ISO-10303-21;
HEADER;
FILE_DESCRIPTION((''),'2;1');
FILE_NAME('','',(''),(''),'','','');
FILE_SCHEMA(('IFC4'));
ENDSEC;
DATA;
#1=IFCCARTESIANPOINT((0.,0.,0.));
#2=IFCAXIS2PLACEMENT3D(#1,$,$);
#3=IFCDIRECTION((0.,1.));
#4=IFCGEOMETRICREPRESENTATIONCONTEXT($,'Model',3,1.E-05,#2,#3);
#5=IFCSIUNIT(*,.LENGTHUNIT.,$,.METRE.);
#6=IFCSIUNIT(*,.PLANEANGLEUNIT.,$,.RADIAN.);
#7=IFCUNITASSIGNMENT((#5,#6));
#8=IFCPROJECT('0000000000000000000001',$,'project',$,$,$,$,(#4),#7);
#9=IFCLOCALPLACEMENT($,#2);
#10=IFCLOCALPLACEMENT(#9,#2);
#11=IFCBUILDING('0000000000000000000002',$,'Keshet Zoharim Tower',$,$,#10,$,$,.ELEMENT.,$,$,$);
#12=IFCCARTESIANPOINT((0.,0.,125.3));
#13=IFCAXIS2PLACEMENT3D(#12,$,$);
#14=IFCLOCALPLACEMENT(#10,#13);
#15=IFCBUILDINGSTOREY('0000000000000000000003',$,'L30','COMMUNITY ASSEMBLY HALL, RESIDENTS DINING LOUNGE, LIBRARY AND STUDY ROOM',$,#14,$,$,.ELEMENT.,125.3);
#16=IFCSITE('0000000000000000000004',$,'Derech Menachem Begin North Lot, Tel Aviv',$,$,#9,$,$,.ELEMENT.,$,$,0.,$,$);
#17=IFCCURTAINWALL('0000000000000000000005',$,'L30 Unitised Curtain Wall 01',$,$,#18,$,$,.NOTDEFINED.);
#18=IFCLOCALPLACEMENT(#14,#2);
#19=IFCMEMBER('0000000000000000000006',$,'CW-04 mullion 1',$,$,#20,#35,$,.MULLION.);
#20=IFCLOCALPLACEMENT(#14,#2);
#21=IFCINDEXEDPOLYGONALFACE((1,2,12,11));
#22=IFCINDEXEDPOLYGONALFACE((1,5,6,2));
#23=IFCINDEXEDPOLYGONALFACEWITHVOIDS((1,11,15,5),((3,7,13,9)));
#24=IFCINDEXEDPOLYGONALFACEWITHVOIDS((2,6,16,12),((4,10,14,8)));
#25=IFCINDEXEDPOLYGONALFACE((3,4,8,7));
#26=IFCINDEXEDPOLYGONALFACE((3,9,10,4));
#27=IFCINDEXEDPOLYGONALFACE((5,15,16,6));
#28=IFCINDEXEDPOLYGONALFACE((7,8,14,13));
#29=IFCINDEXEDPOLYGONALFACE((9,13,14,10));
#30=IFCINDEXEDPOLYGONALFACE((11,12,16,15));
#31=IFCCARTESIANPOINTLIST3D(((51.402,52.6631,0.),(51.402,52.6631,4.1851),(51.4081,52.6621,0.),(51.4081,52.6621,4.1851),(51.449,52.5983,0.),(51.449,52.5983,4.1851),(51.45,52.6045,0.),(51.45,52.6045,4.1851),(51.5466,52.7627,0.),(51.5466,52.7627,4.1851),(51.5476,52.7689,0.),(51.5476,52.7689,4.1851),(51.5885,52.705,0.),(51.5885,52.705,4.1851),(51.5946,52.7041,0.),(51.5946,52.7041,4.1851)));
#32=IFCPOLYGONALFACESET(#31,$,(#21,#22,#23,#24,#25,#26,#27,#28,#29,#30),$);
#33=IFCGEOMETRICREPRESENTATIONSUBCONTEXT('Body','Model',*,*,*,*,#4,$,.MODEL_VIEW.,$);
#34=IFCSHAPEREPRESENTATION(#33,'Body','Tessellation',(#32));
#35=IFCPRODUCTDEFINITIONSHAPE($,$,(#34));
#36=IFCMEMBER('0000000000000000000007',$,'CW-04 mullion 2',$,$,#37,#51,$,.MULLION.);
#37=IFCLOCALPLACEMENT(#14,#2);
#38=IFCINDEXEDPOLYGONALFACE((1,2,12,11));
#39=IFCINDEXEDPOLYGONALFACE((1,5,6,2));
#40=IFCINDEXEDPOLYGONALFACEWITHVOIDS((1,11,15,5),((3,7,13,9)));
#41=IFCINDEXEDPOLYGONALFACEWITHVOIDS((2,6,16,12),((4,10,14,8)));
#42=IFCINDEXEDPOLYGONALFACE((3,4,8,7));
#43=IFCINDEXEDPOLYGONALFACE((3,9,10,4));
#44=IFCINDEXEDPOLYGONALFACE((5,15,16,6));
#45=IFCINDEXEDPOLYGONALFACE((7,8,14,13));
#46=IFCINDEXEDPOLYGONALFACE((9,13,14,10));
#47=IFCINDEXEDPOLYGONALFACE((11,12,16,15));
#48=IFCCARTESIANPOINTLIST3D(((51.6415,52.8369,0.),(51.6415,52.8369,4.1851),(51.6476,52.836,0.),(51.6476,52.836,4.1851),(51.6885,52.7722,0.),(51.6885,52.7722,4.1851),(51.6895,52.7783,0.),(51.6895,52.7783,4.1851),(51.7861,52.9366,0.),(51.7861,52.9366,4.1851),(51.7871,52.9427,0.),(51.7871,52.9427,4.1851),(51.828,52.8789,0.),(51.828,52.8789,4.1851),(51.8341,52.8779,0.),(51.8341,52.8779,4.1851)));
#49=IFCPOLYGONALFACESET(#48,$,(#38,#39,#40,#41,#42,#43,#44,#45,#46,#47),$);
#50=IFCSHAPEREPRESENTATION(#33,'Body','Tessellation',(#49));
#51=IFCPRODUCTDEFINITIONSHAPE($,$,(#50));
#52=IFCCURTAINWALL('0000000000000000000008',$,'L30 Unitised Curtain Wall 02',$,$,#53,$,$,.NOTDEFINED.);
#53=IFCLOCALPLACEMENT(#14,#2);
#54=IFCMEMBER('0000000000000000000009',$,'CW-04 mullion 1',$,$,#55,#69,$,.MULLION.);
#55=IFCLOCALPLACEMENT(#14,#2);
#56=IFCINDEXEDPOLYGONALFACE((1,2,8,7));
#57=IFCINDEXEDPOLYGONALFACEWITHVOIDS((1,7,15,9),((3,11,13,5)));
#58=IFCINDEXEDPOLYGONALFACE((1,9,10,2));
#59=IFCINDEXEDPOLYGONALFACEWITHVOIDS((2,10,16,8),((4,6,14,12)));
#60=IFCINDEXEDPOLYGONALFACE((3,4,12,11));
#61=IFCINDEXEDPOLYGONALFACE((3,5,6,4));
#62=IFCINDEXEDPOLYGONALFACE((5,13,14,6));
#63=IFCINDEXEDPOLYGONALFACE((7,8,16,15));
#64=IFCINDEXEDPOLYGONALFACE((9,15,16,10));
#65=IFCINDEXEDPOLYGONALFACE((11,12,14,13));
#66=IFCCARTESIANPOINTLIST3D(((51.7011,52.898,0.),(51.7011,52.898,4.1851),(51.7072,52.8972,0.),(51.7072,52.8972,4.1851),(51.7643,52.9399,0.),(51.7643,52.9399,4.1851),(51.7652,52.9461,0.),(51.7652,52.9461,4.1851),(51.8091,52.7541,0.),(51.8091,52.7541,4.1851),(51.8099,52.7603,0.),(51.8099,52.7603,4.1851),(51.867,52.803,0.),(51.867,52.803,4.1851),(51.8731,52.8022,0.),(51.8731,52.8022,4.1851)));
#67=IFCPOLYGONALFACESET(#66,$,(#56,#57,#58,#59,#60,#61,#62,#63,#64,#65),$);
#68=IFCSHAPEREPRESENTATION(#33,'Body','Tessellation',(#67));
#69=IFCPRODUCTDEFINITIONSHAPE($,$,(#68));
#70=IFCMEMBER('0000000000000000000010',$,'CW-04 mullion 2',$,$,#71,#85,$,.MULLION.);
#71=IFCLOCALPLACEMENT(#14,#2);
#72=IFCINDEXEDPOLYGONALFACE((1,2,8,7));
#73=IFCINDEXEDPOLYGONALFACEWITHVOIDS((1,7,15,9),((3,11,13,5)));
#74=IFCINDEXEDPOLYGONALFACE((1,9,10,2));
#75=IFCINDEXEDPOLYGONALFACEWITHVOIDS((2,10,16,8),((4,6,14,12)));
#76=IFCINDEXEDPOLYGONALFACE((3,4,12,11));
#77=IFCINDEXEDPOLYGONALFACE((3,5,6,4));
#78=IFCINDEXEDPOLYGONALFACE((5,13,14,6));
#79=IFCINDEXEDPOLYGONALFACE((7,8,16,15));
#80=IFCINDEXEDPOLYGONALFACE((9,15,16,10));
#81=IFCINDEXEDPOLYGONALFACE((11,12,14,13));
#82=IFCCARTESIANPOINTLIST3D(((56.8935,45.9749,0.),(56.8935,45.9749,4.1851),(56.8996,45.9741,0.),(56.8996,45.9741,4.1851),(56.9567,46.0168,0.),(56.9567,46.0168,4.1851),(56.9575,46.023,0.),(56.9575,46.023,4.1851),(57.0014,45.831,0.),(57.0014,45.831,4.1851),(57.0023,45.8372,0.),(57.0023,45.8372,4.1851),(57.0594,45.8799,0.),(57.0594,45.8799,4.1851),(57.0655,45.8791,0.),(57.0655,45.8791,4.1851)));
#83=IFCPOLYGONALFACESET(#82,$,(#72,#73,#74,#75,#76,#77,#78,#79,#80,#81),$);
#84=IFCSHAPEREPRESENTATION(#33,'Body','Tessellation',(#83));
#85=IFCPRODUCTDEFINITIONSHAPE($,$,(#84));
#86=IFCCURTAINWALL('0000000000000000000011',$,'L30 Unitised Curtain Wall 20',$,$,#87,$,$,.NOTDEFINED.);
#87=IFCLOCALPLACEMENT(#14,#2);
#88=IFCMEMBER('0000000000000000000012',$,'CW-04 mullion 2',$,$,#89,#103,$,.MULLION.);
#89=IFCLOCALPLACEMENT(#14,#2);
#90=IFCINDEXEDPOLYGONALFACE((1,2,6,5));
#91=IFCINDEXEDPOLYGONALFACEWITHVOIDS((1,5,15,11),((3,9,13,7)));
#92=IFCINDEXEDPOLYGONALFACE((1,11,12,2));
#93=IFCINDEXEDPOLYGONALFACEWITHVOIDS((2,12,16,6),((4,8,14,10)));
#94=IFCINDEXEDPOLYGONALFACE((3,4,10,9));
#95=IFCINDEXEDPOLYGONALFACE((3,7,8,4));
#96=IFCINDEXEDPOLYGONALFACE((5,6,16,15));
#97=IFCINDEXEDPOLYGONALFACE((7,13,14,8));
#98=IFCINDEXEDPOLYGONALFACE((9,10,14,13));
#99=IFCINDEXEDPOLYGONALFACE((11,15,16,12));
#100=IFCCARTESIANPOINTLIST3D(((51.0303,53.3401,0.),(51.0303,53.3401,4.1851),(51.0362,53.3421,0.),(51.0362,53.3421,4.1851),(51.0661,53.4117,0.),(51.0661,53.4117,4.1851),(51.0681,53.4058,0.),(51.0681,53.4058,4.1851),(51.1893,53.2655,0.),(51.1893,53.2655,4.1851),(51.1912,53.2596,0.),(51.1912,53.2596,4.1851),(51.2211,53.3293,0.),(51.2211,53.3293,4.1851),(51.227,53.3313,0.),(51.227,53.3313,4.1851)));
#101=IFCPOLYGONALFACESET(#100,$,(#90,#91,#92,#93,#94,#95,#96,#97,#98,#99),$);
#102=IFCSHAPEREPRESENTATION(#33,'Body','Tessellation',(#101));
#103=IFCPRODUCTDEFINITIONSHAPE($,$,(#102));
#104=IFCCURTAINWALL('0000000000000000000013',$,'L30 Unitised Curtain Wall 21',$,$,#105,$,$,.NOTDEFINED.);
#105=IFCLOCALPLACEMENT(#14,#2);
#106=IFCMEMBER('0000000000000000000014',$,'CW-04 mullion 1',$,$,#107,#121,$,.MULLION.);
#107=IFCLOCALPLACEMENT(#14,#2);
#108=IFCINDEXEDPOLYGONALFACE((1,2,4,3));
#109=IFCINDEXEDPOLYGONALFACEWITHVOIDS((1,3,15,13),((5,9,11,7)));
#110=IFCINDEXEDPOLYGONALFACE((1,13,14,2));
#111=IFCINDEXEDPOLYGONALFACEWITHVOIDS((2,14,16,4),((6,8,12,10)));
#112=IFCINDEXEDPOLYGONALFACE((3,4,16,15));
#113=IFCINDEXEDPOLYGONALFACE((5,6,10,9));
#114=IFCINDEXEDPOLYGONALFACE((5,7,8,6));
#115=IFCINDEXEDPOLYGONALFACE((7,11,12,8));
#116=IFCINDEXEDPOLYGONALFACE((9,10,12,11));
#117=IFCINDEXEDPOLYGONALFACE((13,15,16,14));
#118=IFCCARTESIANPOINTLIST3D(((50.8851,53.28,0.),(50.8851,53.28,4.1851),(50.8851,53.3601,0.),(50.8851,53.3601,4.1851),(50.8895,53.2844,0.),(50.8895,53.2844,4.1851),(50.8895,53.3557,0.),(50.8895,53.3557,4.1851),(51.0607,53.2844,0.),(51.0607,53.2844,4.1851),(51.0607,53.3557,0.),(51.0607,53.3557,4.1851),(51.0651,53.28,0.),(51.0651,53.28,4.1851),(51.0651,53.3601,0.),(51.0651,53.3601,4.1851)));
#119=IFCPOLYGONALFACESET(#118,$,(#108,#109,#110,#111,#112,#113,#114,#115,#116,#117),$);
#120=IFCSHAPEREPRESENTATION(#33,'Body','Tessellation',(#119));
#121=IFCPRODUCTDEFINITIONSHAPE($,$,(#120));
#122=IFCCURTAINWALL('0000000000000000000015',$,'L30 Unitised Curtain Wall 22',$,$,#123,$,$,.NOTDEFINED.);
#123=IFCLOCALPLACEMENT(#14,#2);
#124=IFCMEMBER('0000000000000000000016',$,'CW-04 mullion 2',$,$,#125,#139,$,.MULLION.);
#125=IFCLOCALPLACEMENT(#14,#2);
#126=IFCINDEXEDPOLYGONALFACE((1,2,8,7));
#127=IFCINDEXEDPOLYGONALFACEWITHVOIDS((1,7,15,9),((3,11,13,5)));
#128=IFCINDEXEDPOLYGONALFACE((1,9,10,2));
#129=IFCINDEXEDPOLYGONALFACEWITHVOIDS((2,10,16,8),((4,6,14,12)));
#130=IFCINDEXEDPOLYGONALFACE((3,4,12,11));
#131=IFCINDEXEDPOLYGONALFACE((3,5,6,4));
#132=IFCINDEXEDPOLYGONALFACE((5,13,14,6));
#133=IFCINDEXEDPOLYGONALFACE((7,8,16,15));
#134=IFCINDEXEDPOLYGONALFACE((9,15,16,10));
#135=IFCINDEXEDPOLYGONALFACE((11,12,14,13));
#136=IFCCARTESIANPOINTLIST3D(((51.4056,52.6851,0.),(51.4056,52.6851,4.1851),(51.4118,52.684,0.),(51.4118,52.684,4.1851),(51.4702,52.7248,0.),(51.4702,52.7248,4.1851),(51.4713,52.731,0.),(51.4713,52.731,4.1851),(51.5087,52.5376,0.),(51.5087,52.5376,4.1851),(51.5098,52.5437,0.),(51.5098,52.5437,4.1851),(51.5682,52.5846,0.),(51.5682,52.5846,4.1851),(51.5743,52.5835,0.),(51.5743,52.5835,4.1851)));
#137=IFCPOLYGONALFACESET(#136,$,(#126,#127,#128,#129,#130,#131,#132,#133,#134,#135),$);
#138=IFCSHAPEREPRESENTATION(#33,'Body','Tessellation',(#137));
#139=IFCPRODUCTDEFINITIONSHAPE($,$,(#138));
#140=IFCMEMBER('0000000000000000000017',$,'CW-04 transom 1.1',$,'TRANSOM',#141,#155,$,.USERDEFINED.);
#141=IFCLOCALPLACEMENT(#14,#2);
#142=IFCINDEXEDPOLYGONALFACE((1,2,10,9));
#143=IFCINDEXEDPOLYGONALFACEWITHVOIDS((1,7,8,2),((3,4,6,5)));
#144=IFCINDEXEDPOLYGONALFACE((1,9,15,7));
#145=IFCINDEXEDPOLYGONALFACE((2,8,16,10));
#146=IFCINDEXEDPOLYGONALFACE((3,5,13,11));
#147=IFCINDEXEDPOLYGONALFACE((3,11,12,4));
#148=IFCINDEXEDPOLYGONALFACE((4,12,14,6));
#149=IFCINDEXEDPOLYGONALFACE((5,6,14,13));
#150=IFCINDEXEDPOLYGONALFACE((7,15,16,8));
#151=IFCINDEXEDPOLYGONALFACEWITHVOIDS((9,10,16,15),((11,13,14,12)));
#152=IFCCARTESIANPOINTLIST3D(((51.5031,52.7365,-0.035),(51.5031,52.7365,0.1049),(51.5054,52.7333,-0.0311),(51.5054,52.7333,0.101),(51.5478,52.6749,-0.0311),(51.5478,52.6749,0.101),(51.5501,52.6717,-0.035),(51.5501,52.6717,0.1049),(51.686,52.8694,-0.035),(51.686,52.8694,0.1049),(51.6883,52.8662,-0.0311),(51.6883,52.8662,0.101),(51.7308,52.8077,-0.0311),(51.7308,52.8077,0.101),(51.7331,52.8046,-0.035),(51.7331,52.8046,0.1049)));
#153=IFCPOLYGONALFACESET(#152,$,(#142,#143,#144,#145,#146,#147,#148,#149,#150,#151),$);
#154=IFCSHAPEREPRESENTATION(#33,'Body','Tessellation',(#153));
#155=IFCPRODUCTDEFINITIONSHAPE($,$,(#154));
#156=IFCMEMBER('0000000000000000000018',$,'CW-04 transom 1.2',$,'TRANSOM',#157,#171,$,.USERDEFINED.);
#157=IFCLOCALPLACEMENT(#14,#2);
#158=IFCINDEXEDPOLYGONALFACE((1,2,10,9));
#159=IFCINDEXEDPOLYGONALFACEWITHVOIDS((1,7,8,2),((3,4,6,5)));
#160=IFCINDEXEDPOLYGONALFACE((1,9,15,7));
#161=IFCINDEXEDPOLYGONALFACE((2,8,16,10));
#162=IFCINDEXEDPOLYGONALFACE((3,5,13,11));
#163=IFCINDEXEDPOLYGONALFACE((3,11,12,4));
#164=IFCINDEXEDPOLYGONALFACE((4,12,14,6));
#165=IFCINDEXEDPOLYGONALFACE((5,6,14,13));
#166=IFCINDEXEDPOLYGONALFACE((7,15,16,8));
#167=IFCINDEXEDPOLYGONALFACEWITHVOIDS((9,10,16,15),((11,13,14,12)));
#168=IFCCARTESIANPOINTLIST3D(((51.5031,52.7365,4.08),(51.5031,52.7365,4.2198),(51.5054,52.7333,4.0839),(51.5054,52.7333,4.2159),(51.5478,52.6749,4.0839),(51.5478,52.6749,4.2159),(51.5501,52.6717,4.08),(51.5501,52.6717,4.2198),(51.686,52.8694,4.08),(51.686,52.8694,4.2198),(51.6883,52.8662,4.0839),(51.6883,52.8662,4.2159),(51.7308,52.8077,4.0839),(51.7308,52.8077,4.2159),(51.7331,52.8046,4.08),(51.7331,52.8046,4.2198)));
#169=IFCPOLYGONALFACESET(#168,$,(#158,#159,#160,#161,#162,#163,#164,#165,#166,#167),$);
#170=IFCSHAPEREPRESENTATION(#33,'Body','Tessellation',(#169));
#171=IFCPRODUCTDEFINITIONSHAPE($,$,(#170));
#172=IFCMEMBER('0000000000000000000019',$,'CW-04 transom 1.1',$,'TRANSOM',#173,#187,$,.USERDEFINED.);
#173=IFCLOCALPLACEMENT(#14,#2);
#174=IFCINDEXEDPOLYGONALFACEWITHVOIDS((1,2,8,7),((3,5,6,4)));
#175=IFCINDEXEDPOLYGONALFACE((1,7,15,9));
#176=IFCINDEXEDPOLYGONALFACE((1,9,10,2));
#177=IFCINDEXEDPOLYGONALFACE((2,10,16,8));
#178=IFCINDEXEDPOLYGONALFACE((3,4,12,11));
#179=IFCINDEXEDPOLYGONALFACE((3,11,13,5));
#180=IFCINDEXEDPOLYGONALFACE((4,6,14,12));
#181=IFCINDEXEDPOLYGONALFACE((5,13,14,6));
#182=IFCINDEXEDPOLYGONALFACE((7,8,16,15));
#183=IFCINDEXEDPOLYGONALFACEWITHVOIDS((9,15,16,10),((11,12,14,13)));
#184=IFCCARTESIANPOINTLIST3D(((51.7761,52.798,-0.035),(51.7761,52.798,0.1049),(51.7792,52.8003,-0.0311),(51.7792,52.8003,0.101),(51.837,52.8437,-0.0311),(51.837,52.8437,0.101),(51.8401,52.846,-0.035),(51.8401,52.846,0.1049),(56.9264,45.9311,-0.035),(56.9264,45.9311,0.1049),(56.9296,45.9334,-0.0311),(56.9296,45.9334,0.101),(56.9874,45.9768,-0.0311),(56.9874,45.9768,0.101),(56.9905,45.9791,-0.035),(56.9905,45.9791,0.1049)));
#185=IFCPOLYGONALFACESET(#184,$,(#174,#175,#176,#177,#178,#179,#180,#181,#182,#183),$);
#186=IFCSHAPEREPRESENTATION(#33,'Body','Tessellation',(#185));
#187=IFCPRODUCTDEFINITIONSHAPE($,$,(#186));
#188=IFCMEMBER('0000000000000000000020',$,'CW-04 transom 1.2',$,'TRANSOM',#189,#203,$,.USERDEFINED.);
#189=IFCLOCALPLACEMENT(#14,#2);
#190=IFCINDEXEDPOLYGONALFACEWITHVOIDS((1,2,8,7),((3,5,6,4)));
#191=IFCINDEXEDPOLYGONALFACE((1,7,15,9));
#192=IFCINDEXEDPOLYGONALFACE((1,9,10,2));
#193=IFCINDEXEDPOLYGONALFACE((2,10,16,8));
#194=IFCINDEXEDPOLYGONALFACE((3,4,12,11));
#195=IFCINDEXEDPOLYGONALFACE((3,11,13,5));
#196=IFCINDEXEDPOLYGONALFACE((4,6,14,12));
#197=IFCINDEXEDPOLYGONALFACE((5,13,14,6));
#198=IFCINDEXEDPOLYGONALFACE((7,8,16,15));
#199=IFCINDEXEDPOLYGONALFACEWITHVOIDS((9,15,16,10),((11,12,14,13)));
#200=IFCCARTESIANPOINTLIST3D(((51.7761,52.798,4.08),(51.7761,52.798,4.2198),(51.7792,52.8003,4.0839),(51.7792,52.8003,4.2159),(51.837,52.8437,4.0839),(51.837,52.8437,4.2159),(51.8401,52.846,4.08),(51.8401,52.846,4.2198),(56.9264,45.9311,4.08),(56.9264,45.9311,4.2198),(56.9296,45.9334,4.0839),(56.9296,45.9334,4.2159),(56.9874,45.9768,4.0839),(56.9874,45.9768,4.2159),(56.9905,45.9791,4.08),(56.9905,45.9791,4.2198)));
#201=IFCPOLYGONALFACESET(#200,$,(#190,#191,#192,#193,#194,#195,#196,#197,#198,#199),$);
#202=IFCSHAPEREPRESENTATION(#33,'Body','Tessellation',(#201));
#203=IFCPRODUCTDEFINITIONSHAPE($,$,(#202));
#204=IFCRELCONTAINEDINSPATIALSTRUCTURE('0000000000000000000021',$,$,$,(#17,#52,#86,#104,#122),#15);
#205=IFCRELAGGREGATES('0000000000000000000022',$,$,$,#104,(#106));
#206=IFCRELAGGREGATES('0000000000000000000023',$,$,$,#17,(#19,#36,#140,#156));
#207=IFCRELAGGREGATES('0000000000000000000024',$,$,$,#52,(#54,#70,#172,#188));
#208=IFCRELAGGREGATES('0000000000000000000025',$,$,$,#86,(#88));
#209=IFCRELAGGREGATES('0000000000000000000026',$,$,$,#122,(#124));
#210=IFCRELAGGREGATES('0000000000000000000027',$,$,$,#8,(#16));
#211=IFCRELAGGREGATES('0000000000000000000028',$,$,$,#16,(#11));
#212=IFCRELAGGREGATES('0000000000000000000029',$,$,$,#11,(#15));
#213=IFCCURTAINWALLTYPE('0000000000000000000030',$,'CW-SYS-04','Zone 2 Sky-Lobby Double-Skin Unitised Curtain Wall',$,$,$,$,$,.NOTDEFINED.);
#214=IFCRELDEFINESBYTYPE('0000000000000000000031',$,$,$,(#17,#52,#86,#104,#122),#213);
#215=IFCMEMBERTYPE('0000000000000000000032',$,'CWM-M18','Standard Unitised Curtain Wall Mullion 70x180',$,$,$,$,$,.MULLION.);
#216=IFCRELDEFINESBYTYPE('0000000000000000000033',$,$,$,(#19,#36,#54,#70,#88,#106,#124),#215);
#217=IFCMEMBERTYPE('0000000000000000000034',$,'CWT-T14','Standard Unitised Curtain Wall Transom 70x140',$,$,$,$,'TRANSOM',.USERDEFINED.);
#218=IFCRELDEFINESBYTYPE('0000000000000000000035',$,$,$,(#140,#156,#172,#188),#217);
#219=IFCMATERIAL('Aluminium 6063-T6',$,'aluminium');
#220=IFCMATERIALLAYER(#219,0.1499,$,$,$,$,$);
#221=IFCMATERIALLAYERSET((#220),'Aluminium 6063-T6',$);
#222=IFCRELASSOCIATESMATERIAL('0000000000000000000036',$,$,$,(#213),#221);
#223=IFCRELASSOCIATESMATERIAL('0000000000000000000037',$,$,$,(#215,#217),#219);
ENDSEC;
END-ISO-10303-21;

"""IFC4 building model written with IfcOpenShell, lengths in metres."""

from ifc_helpers import new_model, si_unit, direction, frame, origin, origin_2d, place, context, subcontext, project, spatial, hollow_rectangle, extrude, material, layer, layer_set, material_profile, profile_set, type_object, element, aggregate, save


model = new_model("IFC4")

# Units and contexts
model_context = context("Model", 3, precision=1e-05, world=origin(), true_north=direction((0.0, 1.0)))
body_context = subcontext(model_context, "Body", "Model", "MODEL_VIEW")
ifc_project = project(units=[si_unit("LENGTHUNIT", "METRE"), si_unit("PLANEANGLEUNIT", "RADIAN")], contexts=[model_context])

# Site, building, storey
site_placement = place(None, origin())
site = spatial("IfcSite", under=ifc_project, at=site_placement, Name="Derech Menachem Begin North Lot, Tel Aviv", CompositionType="ELEMENT", RefElevation=0.0)
building_placement = place(site_placement, origin())
building = spatial("IfcBuilding", under=site, at=building_placement, Name="Keshet Zoharim Tower", CompositionType="ELEMENT")
storey_placement = place(building_placement, frame((0.0, 0.0, 125.3)))
storey = spatial("IfcBuildingStorey", under=building, at=storey_placement, Name="L30", Description="COMMUNITY ASSEMBLY HALL, RESIDENTS DINING LOUNGE, LIBRARY AND STUDY ROOM", CompositionType="ELEMENT", Elevation=125.3)

# Curtain walls, members
ifc_material_1 = material(Name="Aluminium 6063-T6", Category="aluminium")
ifc_layer_1 = layer(ifc_material_1, 0.1499)
ifc_layer_set_1 = layer_set([ifc_layer_1], Name="Aluminium 6063-T6")
curtain_wall_type = type_object("IfcCurtainWallType", Name="CW-SYS-04", Description="Zone 2 Sky-Lobby Double-Skin Unitised Curtain Wall", PredefinedType="NOTDEFINED", material=ifc_layer_set_1)
curtain_wall_1_placement = place(storey_placement, origin())
curtain_wall_1 = element("IfcCurtainWall", 1, at=curtain_wall_1_placement, inside=storey, type_object=curtain_wall_type, Name="L30 Unitised Curtain Wall 01", PredefinedType="NOTDEFINED")
ifc_material_profile_1 = material_profile(ifc_material_1, hollow_rectangle(XDim=0.0801, YDim=0.1799, WallThickness=0.0044, at=origin_2d()), Name="MUL-80x180")
ifc_profile_set_1 = profile_set([ifc_material_profile_1], Name="Aluminium 6063-T6")
member_type_1 = type_object("IfcMemberType", Name="CWM-M18", Description="Standard Unitised Curtain Wall Mullion 70x180", PredefinedType="MULLION", material=ifc_profile_set_1)
member_1_placement = place(storey_placement, frame((51.4983, 52.6836, 0.0), z_axis=(0.0, 0.0, 1.0), x_axis=(-0.587684, 0.809091, 0.0)))
member_1 = element("IfcMember", 2, at=member_1_placement, type_object=member_type_1, Name="CW-04 mullion 1", PredefinedType="MULLION", context=body_context, shape_type="SweptSolid", body=[
    extrude(hollow_rectangle(XDim=0.0801, YDim=0.1799, WallThickness=0.0044, at=origin_2d()), origin(), (0.0, 0.0, 1.0), 4.1851),
])
member_2_placement = place(storey_placement, frame((51.7378, 52.8574, 0.0), z_axis=(0.0, 0.0, 1.0), x_axis=(-0.587684, 0.809091, 0.0)))
member_2 = element("IfcMember", 3, at=member_2_placement, type_object=member_type_1, Name="CW-04 mullion 2", PredefinedType="MULLION", context=body_context, shape_type="SweptSolid", body=[
    extrude(hollow_rectangle(XDim=0.0801, YDim=0.1799, WallThickness=0.0044, at=origin_2d()), origin(), (0.0, 0.0, 1.0), 4.1851),
])
curtain_wall_2_placement = place(storey_placement, origin())
curtain_wall_2 = element("IfcCurtainWall", 4, at=curtain_wall_2_placement, inside=storey, type_object=curtain_wall_type, Name="L30 Unitised Curtain Wall 02", PredefinedType="NOTDEFINED")
member_3_placement = place(storey_placement, frame((51.7871, 52.8501, 0.0), z_axis=(0.0, 0.0, 1.0), x_axis=(0.799986, 0.600018, 0.0)))
member_3 = element("IfcMember", 5, at=member_3_placement, type_object=member_type_1, Name="CW-04 mullion 1", PredefinedType="MULLION", context=body_context, shape_type="SweptSolid", body=[
    extrude(hollow_rectangle(XDim=0.0801, YDim=0.1799, WallThickness=0.0044, at=origin_2d()), origin(), (0.0, 0.0, 1.0), 4.1851),
])
member_4_placement = place(storey_placement, frame((56.9795, 45.927, 0.0), z_axis=(0.0, 0.0, 1.0), x_axis=(0.799986, 0.600018, 0.0)))
member_4 = element("IfcMember", 6, at=member_4_placement, type_object=member_type_1, Name="CW-04 mullion 2", PredefinedType="MULLION", context=body_context, shape_type="SweptSolid", body=[
    extrude(hollow_rectangle(XDim=0.0801, YDim=0.1799, WallThickness=0.0044, at=origin_2d()), origin(), (0.0, 0.0, 1.0), 4.1851),
])

# Curtain walls, members
curtain_wall_3_placement = place(storey_placement, origin())
curtain_wall_3 = element("IfcCurtainWall", 7, at=curtain_wall_3_placement, inside=storey, type_object=curtain_wall_type, Name="L30 Unitised Curtain Wall 20", PredefinedType="NOTDEFINED")
member_5_placement = place(storey_placement, frame((51.1287, 53.3357, 0.0), z_axis=(0.0, 0.0, 1.0), x_axis=(0.447214, 0.894427, 0.0)))
member_5 = element("IfcMember", 8, at=member_5_placement, type_object=member_type_1, Name="CW-04 mullion 2", PredefinedType="MULLION", context=body_context, shape_type="SweptSolid", body=[
    extrude(hollow_rectangle(XDim=0.0801, YDim=0.1799, WallThickness=0.0044, at=origin_2d()), origin(), (0.0, 0.0, 1.0), 4.1851),
])
curtain_wall_4_placement = place(storey_placement, origin())
curtain_wall_4 = element("IfcCurtainWall", 9, at=curtain_wall_4_placement, inside=storey, type_object=curtain_wall_type, Name="L30 Unitised Curtain Wall 21", PredefinedType="NOTDEFINED")
member_6_placement = place(storey_placement, frame((50.9751, 53.3201, 0.0), z_axis=(0.0, 0.0, 1.0), x_axis=(0.0, -1.0, 0.0)))
member_6 = element("IfcMember", 10, at=member_6_placement, type_object=member_type_1, Name="CW-04 mullion 1", PredefinedType="MULLION", context=body_context, shape_type="SweptSolid", body=[
    extrude(hollow_rectangle(XDim=0.0801, YDim=0.1799, WallThickness=0.0044, at=origin_2d()), origin(), (0.0, 0.0, 1.0), 4.1851),
])
curtain_wall_5_placement = place(storey_placement, origin())
curtain_wall_5 = element("IfcCurtainWall", 11, at=curtain_wall_5_placement, inside=storey, type_object=curtain_wall_type, Name="L30 Unitised Curtain Wall 22", PredefinedType="NOTDEFINED")
member_7_placement = place(storey_placement, frame((51.49, 52.6343, 0.0), z_axis=(0.0, 0.0, 1.0), x_axis=(-0.81968, -0.572822, 0.0)))
member_7 = element("IfcMember", 12, at=member_7_placement, type_object=member_type_1, Name="CW-04 mullion 2", PredefinedType="MULLION", context=body_context, shape_type="SweptSolid", body=[
    extrude(hollow_rectangle(XDim=0.0801, YDim=0.1799, WallThickness=0.0044, at=origin_2d()), origin(), (0.0, 0.0, 1.0), 4.1851),
])

# Members
ifc_material_profile_2 = material_profile(ifc_material_1, hollow_rectangle(XDim=0.0801, YDim=0.1399, WallThickness=0.0039, at=origin_2d()), Name="TRN-80x140")
ifc_profile_set_2 = profile_set([ifc_material_profile_2], Name="Aluminium 6063-T6")
member_type_2 = type_object("IfcMemberType", Name="CWT-T14", Description="Standard Unitised Curtain Wall Transom 70x140", ElementType="TRANSOM", PredefinedType="USERDEFINED", material=ifc_profile_set_2)
member_8_placement = place(storey_placement, frame((51.5266, 52.7041, 0.0349), z_axis=(0.80911, 0.587658, 0.0), x_axis=(-0.587658, 0.80911, 0.0)))
member_8 = element("IfcMember", 13, at=member_8_placement, type_object=member_type_2, Name="CW-04 transom 1.1", ObjectType="TRANSOM", PredefinedType="USERDEFINED", context=body_context, shape_type="SweptSolid", body=[
    extrude(hollow_rectangle(XDim=0.0801, YDim=0.1399, WallThickness=0.0039, at=origin_2d()), origin(), (0.0, 0.0, 1.0), 0.2261),
])
member_9_placement = place(storey_placement, frame((51.5266, 52.7041, 4.1499), z_axis=(0.80911, 0.587658, 0.0), x_axis=(-0.587658, 0.80911, 0.0)))
member_9 = element("IfcMember", 14, at=member_9_placement, type_object=member_type_2, Name="CW-04 transom 1.2", ObjectType="TRANSOM", PredefinedType="USERDEFINED", context=body_context, shape_type="SweptSolid", body=[
    extrude(hollow_rectangle(XDim=0.0801, YDim=0.1399, WallThickness=0.0039, at=origin_2d()), origin(), (0.0, 0.0, 1.0), 0.2261),
])
member_10_placement = place(storey_placement, frame((51.8081, 52.822, 0.0349), z_axis=(0.600014, -0.79999, 0.0), x_axis=(0.79999, 0.600014, 0.0)))
member_10 = element("IfcMember", 15, at=member_10_placement, type_object=member_type_2, Name="CW-04 transom 1.1", ObjectType="TRANSOM", PredefinedType="USERDEFINED", context=body_context, shape_type="SweptSolid", body=[
    extrude(hollow_rectangle(XDim=0.0801, YDim=0.1399, WallThickness=0.0039, at=origin_2d()), origin(), (0.0, 0.0, 1.0), 8.5837),
])
member_11_placement = place(storey_placement, frame((51.8081, 52.822, 4.1499), z_axis=(0.600014, -0.79999, 0.0), x_axis=(0.79999, 0.600014, 0.0)))
member_11 = element("IfcMember", 16, at=member_11_placement, type_object=member_type_2, Name="CW-04 transom 1.2", ObjectType="TRANSOM", PredefinedType="USERDEFINED", context=body_context, shape_type="SweptSolid", body=[
    extrude(hollow_rectangle(XDim=0.0801, YDim=0.1399, WallThickness=0.0039, at=origin_2d()), origin(), (0.0, 0.0, 1.0), 8.5837),
])
aggregate(curtain_wall_4, [member_6])

aggregate(curtain_wall_1, [member_1, member_2, member_8, member_9])
aggregate(curtain_wall_2, [member_3, member_4, member_10, member_11])
aggregate(curtain_wall_3, [member_5])
aggregate(curtain_wall_5, [member_7])

save(model, "model.ifc")
